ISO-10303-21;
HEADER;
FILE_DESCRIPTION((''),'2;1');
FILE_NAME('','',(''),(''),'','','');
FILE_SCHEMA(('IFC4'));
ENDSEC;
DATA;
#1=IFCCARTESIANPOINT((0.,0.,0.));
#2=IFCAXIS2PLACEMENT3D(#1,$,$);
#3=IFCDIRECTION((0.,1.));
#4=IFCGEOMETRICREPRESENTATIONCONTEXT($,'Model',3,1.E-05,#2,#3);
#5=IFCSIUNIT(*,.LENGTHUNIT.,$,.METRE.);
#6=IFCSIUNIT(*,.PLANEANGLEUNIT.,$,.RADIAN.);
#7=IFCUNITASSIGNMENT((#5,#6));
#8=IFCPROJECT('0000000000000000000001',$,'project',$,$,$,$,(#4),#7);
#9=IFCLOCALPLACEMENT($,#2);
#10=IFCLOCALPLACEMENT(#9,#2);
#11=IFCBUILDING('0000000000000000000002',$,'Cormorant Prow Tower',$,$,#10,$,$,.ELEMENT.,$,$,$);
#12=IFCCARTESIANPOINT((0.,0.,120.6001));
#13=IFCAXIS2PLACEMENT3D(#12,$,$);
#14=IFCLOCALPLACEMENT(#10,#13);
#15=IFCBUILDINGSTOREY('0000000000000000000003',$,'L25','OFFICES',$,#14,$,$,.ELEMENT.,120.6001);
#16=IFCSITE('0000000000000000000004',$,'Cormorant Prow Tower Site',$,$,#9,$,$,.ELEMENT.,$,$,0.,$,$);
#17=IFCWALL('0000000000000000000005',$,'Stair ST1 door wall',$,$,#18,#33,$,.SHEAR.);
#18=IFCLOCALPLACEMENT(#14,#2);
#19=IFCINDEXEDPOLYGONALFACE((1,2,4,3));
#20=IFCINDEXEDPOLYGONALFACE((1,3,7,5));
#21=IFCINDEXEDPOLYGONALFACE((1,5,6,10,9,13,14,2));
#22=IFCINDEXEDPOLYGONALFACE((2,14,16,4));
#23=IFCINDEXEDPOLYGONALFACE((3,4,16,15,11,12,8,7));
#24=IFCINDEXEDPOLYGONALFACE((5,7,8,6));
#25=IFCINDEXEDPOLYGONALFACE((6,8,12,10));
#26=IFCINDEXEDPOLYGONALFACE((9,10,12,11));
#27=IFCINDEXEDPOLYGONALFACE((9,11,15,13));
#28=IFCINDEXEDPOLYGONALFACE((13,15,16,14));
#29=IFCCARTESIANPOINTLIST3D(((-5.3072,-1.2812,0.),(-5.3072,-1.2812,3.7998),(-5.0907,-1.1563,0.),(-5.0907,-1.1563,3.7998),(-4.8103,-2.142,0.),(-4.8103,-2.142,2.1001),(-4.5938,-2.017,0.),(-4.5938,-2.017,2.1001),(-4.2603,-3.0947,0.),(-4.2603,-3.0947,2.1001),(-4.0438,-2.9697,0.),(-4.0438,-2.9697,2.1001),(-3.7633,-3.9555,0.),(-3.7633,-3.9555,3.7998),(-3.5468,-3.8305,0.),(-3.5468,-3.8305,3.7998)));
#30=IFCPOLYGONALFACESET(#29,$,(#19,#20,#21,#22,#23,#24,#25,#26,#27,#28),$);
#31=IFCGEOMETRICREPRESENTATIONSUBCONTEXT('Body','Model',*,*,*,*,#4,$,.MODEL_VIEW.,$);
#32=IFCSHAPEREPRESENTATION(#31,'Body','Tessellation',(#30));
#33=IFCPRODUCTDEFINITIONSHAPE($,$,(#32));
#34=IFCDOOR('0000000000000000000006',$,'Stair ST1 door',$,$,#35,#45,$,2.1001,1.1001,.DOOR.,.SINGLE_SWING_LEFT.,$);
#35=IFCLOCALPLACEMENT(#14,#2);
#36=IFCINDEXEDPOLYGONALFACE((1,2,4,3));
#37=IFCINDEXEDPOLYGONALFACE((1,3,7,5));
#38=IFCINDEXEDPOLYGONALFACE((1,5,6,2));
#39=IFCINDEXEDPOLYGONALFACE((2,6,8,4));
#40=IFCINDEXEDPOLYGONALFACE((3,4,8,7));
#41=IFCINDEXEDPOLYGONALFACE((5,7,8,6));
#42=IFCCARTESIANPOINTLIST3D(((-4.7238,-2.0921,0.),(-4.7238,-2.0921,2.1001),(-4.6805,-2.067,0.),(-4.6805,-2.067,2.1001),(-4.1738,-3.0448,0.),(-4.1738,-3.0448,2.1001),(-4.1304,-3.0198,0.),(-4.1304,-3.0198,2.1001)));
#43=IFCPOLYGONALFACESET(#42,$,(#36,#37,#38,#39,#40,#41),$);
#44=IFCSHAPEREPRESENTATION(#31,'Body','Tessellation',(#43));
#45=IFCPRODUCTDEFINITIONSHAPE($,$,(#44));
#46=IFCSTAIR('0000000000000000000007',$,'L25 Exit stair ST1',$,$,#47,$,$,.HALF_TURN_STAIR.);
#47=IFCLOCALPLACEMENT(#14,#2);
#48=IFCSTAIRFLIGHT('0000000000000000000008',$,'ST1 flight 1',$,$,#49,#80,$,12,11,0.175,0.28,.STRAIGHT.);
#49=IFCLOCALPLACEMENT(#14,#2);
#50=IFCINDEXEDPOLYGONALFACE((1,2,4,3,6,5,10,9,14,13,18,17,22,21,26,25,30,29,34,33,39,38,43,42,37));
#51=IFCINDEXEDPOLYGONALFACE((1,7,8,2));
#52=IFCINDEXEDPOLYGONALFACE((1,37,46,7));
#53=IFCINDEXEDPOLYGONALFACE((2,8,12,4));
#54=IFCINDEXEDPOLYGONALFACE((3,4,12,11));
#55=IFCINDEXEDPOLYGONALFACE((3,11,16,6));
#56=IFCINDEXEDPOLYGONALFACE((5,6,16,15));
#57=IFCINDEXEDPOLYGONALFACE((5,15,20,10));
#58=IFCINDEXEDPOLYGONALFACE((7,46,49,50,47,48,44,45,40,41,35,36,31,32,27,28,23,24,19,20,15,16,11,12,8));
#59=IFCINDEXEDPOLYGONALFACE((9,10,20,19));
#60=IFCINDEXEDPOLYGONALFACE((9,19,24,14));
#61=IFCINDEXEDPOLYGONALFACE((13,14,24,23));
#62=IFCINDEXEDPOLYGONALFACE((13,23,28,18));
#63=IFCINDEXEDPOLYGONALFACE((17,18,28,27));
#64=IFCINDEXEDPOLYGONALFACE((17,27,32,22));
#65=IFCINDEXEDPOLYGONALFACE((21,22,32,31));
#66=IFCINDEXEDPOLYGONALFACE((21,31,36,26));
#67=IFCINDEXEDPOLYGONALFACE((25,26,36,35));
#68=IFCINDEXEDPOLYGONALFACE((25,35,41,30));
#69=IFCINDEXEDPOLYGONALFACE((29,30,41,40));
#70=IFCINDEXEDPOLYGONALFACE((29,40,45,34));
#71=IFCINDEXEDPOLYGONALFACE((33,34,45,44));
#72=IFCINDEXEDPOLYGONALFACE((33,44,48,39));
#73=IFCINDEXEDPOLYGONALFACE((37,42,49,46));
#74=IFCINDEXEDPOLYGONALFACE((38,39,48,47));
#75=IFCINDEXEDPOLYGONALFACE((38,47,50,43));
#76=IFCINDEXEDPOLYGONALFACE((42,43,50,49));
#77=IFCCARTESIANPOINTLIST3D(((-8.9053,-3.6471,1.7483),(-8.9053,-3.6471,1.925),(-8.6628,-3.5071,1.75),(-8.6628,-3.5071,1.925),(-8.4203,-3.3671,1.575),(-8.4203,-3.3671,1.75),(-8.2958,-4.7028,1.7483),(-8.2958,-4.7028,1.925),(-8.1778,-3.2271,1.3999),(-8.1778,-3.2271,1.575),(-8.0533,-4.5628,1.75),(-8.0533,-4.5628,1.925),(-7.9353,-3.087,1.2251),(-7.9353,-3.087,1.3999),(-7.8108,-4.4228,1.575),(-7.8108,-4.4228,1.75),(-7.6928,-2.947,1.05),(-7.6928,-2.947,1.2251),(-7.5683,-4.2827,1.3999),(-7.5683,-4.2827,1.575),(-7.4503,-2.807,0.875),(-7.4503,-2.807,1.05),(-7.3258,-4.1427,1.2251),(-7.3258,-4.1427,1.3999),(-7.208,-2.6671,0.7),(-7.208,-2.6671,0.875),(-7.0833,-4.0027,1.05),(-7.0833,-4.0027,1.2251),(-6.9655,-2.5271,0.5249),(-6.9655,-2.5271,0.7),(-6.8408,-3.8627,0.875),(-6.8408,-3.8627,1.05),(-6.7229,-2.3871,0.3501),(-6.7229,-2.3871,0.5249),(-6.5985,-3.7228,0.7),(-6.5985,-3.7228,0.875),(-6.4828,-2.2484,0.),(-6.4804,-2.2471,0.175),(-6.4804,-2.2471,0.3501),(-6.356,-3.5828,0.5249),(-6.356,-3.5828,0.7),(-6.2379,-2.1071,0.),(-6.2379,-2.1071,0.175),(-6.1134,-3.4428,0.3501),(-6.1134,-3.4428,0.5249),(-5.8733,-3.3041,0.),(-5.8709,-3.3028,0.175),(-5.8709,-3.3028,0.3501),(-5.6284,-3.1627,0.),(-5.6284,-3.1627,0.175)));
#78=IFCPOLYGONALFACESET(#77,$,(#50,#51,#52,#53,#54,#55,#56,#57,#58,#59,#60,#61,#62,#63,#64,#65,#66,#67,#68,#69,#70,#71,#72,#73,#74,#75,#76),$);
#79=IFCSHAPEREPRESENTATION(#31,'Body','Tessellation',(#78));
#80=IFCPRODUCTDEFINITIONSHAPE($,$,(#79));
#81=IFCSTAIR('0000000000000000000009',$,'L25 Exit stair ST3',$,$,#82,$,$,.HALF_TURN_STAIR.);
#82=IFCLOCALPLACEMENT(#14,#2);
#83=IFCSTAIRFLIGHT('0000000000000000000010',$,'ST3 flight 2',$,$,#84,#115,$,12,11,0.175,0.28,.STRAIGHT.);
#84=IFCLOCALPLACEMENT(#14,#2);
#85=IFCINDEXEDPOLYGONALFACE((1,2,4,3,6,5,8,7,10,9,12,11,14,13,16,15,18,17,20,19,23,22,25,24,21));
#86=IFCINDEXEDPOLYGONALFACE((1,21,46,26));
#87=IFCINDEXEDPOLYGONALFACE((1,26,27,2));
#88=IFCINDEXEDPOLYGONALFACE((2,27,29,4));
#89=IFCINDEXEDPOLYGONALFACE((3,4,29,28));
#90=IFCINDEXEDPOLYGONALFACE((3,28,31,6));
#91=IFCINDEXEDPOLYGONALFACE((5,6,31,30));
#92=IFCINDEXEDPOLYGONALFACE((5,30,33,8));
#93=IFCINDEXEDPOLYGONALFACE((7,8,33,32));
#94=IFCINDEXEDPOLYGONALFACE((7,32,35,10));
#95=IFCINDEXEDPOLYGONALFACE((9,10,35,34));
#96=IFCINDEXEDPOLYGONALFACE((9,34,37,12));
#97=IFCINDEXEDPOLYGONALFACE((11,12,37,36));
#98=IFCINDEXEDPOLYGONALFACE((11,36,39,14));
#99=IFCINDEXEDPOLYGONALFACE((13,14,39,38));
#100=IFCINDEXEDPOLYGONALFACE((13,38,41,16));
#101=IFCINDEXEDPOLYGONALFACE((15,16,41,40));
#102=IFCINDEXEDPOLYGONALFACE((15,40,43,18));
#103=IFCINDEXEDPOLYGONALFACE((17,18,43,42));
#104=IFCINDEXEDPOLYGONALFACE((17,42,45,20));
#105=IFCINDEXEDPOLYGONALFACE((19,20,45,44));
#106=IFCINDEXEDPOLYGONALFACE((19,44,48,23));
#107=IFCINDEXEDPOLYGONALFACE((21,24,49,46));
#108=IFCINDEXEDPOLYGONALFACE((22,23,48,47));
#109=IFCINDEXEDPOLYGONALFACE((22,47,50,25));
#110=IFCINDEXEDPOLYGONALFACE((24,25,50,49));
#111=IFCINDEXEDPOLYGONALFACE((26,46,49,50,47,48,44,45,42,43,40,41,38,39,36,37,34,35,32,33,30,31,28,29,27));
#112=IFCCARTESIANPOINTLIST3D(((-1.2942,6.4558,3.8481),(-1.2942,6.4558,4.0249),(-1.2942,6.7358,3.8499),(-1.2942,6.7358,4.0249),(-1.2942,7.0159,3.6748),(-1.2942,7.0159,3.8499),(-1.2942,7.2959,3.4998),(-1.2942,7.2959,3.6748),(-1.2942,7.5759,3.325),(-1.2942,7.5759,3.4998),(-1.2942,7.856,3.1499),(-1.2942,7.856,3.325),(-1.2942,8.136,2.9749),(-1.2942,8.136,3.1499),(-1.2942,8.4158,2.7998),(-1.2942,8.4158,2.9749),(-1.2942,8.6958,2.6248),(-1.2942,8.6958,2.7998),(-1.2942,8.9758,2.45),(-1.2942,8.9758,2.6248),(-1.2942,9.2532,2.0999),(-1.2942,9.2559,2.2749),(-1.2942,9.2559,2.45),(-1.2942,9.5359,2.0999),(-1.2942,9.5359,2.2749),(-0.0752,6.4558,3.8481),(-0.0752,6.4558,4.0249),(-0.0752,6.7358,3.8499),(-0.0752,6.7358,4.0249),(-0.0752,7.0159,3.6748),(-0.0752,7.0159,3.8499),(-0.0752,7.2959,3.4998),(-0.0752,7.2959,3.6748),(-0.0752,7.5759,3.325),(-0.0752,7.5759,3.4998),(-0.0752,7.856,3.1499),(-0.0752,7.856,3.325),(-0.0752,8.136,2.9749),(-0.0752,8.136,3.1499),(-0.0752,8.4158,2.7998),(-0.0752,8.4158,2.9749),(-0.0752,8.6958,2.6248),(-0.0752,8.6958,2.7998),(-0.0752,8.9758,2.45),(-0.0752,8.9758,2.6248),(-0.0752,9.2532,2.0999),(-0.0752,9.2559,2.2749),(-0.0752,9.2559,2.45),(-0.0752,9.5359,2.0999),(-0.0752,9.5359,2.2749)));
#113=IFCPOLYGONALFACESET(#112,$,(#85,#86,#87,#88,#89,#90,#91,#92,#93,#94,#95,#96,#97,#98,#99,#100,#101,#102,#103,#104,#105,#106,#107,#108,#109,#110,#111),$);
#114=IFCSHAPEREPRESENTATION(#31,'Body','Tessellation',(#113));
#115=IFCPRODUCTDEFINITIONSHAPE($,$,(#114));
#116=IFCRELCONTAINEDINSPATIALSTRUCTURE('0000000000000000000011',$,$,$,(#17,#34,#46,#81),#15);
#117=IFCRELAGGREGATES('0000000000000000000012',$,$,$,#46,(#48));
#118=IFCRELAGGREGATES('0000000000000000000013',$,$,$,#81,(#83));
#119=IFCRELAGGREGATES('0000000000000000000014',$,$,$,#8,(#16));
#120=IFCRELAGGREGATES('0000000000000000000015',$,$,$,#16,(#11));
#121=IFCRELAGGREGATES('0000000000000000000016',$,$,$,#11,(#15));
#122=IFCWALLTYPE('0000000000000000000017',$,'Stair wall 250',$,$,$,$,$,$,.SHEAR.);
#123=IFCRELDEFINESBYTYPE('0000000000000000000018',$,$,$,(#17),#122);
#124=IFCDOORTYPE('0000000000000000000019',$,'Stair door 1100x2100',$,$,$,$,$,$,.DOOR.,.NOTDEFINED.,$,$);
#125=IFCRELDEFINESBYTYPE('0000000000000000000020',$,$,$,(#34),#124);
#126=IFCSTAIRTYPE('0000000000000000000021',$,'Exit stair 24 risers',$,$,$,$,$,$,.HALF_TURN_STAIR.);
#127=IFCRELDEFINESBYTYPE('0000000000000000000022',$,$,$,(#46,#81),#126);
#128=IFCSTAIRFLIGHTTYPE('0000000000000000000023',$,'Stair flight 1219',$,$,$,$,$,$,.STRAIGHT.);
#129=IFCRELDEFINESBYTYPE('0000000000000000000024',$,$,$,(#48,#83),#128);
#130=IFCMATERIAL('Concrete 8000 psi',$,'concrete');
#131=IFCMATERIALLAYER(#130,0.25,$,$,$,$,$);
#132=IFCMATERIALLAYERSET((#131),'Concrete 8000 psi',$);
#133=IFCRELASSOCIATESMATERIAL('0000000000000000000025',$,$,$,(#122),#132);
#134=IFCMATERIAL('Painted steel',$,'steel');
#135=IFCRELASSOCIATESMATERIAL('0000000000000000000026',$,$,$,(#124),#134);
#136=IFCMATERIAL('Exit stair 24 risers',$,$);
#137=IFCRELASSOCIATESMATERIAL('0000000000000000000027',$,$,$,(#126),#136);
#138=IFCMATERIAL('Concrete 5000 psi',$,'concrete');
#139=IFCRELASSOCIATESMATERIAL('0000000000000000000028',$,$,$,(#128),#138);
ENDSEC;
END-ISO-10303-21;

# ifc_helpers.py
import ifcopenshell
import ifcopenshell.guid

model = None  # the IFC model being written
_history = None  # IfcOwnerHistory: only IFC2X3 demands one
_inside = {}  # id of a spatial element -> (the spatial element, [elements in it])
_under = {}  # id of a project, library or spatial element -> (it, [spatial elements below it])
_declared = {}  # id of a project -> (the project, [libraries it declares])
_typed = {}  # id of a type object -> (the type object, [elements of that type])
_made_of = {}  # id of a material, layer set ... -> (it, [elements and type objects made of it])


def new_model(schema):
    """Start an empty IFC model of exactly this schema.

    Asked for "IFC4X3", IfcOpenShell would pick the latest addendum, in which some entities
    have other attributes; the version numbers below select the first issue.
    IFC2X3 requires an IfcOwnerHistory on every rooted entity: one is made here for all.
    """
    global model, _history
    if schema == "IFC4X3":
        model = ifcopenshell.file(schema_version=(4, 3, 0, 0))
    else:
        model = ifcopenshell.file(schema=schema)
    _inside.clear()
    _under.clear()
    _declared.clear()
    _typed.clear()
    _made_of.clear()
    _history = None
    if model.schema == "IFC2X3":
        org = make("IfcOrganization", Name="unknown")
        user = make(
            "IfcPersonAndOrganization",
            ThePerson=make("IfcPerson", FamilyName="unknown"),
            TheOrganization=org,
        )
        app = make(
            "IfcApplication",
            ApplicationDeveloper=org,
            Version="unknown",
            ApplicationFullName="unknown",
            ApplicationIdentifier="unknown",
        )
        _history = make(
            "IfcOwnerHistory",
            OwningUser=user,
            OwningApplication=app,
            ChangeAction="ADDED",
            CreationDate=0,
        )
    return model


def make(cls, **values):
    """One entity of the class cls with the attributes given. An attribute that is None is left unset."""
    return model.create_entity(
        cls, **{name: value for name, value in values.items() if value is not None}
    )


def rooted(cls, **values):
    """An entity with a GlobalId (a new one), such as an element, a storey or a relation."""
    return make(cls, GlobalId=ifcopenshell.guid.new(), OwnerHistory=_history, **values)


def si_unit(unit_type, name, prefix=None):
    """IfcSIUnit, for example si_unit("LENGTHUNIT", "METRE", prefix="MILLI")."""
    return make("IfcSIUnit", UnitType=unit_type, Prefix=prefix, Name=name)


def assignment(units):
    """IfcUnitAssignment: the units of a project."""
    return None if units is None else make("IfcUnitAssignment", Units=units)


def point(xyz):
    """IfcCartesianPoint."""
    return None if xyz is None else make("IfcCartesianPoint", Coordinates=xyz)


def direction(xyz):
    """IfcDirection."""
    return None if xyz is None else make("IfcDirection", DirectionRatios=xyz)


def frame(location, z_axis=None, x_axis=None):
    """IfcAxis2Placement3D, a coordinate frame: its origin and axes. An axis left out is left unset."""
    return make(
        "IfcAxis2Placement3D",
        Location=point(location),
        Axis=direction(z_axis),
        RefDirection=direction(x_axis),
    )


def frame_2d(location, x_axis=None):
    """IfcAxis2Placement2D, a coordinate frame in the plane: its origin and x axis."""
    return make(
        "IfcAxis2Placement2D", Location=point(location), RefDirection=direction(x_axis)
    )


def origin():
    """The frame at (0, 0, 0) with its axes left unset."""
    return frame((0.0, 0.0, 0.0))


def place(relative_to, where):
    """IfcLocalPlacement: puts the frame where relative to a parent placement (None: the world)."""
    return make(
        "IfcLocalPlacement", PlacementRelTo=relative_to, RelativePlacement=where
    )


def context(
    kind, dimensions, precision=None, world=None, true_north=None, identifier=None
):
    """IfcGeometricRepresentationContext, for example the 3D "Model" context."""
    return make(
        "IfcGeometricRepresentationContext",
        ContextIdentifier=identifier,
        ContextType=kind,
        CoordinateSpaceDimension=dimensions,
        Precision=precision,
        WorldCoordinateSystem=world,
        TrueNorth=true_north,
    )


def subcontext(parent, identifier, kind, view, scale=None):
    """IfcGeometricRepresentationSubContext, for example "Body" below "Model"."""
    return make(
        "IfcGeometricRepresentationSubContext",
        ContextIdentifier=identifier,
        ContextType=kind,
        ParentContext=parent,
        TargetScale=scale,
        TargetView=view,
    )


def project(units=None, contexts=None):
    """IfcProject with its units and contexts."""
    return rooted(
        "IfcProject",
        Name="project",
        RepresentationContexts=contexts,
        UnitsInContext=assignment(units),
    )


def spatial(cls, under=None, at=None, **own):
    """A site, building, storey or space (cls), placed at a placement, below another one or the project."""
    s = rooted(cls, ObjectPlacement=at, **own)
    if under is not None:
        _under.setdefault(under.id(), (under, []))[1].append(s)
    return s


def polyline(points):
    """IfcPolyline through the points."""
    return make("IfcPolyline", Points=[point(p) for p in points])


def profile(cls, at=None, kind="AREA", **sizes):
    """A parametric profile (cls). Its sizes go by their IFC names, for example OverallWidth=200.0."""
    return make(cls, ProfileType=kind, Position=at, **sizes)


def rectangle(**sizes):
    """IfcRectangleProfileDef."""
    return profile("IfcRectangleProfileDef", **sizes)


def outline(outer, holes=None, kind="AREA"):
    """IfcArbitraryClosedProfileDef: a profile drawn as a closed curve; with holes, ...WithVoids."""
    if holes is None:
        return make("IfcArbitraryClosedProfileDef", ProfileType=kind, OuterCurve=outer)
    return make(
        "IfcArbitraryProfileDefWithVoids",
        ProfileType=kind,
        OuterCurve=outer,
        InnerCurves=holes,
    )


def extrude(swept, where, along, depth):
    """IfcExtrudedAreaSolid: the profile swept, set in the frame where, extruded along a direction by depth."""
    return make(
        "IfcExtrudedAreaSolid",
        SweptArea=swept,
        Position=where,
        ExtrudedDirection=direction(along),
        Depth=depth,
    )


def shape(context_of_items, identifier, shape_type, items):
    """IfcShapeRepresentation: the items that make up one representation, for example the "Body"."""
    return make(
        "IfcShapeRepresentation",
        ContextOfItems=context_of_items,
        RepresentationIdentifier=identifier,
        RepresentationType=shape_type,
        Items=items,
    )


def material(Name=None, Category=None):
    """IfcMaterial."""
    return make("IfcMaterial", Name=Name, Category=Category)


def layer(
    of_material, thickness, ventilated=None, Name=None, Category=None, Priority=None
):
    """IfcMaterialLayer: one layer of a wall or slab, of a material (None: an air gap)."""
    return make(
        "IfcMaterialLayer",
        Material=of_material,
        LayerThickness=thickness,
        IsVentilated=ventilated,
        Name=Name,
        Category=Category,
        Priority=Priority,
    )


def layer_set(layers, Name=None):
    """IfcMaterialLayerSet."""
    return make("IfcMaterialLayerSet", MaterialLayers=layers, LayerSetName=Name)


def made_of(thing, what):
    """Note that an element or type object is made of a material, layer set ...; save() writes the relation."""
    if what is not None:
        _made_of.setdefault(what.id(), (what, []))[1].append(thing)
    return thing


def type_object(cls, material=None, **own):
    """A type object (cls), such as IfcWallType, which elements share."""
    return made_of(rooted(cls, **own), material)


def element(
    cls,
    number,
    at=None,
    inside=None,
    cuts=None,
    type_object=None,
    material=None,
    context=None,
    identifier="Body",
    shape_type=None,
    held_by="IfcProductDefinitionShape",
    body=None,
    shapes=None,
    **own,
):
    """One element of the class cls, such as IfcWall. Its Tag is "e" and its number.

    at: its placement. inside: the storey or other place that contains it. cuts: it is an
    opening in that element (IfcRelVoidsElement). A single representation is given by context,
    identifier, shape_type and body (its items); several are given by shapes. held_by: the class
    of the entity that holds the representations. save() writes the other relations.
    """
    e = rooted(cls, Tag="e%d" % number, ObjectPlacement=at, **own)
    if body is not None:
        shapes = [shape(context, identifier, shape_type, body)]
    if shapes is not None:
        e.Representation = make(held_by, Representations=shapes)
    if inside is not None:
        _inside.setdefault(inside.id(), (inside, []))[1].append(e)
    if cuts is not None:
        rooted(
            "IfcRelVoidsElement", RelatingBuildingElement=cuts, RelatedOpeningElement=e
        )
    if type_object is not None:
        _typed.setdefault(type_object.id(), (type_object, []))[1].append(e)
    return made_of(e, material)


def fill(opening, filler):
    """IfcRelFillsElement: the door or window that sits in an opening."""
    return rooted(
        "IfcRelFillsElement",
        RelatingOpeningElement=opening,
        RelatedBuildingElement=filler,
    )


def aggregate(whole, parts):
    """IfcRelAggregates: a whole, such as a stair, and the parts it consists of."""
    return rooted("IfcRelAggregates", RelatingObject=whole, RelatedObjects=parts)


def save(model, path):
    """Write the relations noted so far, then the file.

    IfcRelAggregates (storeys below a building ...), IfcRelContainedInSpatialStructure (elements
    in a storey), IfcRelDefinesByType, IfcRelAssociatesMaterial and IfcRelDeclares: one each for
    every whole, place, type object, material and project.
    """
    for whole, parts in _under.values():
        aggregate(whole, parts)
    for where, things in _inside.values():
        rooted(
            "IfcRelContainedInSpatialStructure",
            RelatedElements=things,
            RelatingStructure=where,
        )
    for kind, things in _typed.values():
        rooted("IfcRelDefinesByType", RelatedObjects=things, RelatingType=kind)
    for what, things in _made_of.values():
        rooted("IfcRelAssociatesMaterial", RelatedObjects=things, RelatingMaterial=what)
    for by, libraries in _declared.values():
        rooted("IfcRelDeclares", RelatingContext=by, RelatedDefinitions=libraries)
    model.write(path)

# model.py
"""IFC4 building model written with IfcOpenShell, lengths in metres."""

from ifc_helpers import new_model, si_unit, direction, frame, frame_2d, origin, place, context, subcontext, project, spatial, polyline, rectangle, outline, extrude, material, layer, layer_set, type_object, element, fill, aggregate, save


model = new_model("IFC4")

# Units and contexts
model_context = context("Model", 3, precision=1e-05, world=origin(), true_north=direction((0.0, 1.0)))
body_context = subcontext(model_context, "Body", "Model", "MODEL_VIEW")
ifc_project = project(units=[si_unit("LENGTHUNIT", "METRE"), si_unit("PLANEANGLEUNIT", "RADIAN")], contexts=[model_context])

# Site, building, storey
site_placement = place(None, origin())
site = spatial("IfcSite", under=ifc_project, at=site_placement, Name="Cormorant Prow Tower Site", CompositionType="ELEMENT", RefElevation=0.0)
building_placement = place(site_placement, origin())
building = spatial("IfcBuilding", under=site, at=building_placement, Name="Cormorant Prow Tower", CompositionType="ELEMENT")
storey_placement = place(building_placement, frame((0.0, 0.0, 120.6001)))
storey = spatial("IfcBuildingStorey", under=building, at=storey_placement, Name="L25", Description="OFFICES", CompositionType="ELEMENT", Elevation=120.6001)

# Wall, opening, door
ifc_material_1 = material(Name="Concrete 8000 psi", Category="concrete")
ifc_layer_1 = layer(ifc_material_1, 0.25)
ifc_layer_set_1 = layer_set([ifc_layer_1], Name="Concrete 8000 psi")
wall_type_1 = type_object("IfcWallType", Name="Stair wall 250", PredefinedType="SHEAR", material=ifc_layer_set_1)
wall_1_placement = place(storey_placement, frame((-5.199, -1.2188, 0.0), z_axis=(0.0, 0.0, 1.0), x_axis=(0.499983, -0.866035, 0.0)))
wall_1 = element("IfcWall", 1, at=wall_1_placement, inside=storey, type_object=wall_type_1, Name="Stair ST1 door wall", PredefinedType="SHEAR", context=body_context, shape_type="SweptSolid", body=[
    extrude(rectangle(XDim=3.0879, YDim=0.25, at=frame_2d((1.5439, 0.0))), origin(), (0.0, 0.0, 1.0), 3.7998),
])
opening_1_placement = place(wall_1_placement, frame((0.9939, 0.0, 0.0)))
opening_1 = element("IfcOpeningElement", 2, at=opening_1_placement, cuts=wall_1, PredefinedType="OPENING", context=body_context, shape_type="SweptSolid", body=[
    extrude(rectangle(XDim=1.1001, YDim=2.1001, at=frame_2d((0.55, 1.05))), frame((0.0, 0.135, 0.0), z_axis=(0.0, -1.0, 0.0), x_axis=(1.0, 0.0, 0.0)), (0.0, 0.0, 1.0), 0.27),
])
ifc_material_2 = material(Name="Painted steel", Category="steel")
door_type_1 = type_object("IfcDoorType", Name="Stair door 1100x2100", OperationType="NOTDEFINED", PredefinedType="DOOR", material=ifc_material_2)
door_1_placement = place(opening_1_placement, origin())
door_1 = element("IfcDoor", 3, at=door_1_placement, inside=storey, type_object=door_type_1, Name="Stair ST1 door", OperationType="SINGLE_SWING_LEFT", OverallHeight=2.1001, OverallWidth=1.1001, PredefinedType="DOOR", context=body_context, shape_type="SweptSolid", body=[
    extrude(rectangle(XDim=1.1001, YDim=2.1001, at=frame_2d((0.55, 1.05))), frame((0.0, 0.0249, 0.0), z_axis=(0.0, -1.0, 0.0), x_axis=(1.0, 0.0, 0.0)), (0.0, 0.0, 1.0), 0.05),
])
fill(opening_1, door_1)

# Stairs, stair flights
ifc_material_3 = material(Name="Exit stair 24 risers")
stair_type = type_object("IfcStairType", Name="Exit stair 24 risers", PredefinedType="HALF_TURN_STAIR", material=ifc_material_3)
stair_1_placement = place(storey_placement, origin())
stair_1 = element("IfcStair", 4, at=stair_1_placement, inside=storey, type_object=stair_type, Name="L25 Exit stair ST1", PredefinedType="HALF_TURN_STAIR")
ifc_material_4 = material(Name="Concrete 5000 psi", Category="concrete")
stair_flight_type = type_object("IfcStairFlightType", Name="Stair flight 1219", PredefinedType="STRAIGHT", material=ifc_material_4)
stair_flight_1_placement = place(storey_placement, frame((-5.9331, -2.635, 0.0), z_axis=(0.0, 0.0, 1.0), x_axis=(-0.866025, -0.5, 0.0)))
stair_flight_1 = element("IfcStairFlight", 5, at=stair_flight_1_placement, type_object=stair_flight_type, Name="ST1 flight 1", NumberOfRisers=12, NumberOfTreads=11, PredefinedType="STRAIGHT", RiserHeight=0.175, TreadLength=0.28, context=body_context, shape_type="SweptSolid", body=[
    extrude(outline(polyline([(0.0, 0.0), (0.0, 0.175), (0.28, 0.175), (0.28, 0.3501), (0.5601, 0.3501), (0.5601, 0.5249), (0.8401, 0.5249), (0.8401, 0.7), (1.1201, 0.7), (1.1201, 0.875), (1.3999, 0.875), (1.3999, 1.05), (1.6799, 1.05), (1.6799, 1.2251), (1.96, 1.2251), (1.96, 1.3999), (2.24, 1.3999), (2.24, 1.575), (2.52, 1.575), (2.52, 1.75), (2.8, 1.75), (2.8, 1.925), (3.0801, 1.925), (3.0801, 2.1001), (3.0801, 1.7483), (0.2827, 0.0), (0.0, 0.0)])), frame((0.0, 0.6094, 0.0), z_axis=(0.0, -1.0, 0.0), x_axis=(1.0, 0.0, 0.0)), (0.0, 0.0, 1.0), 1.219),
])
aggregate(stair_1, [stair_flight_1])
stair_2_placement = place(storey_placement, origin())
stair_2 = element("IfcStair", 6, at=stair_2_placement, inside=storey, type_object=stair_type, Name="L25 Exit stair ST3", PredefinedType="HALF_TURN_STAIR")
stair_flight_2_placement = place(storey_placement, frame((-0.6846, 9.5359, 2.0999), z_axis=(0.0, 0.0, 1.0), x_axis=(0.0, -1.0, 0.0)))
stair_flight_2 = element("IfcStairFlight", 7, at=stair_flight_2_placement, type_object=stair_flight_type, Name="ST3 flight 2", NumberOfRisers=12, NumberOfTreads=11, PredefinedType="STRAIGHT", RiserHeight=0.175, TreadLength=0.28, context=body_context, shape_type="SweptSolid", body=[
    extrude(outline(polyline([(0.0, 0.0), (0.0, 0.175), (0.28, 0.175), (0.28, 0.3501), (0.5601, 0.3501), (0.5601, 0.5249), (0.8401, 0.5249), (0.8401, 0.7), (1.1201, 0.7), (1.1201, 0.875), (1.3999, 0.875), (1.3999, 1.05), (1.6799, 1.05), (1.6799, 1.2251), (1.96, 1.2251), (1.96, 1.3999), (2.24, 1.3999), (2.24, 1.575), (2.52, 1.575), (2.52, 1.75), (2.8, 1.75), (2.8, 1.925), (3.0801, 1.925), (3.0801, 2.1001), (3.0801, 1.7483), (0.2827, 0.0), (0.0, 0.0)])), frame((0.0, 0.6094, 0.0), z_axis=(0.0, -1.0, 0.0), x_axis=(1.0, 0.0, 0.0)), (0.0, 0.0, 1.0), 1.219),
])
aggregate(stair_2, [stair_flight_2])

save(model, "model.ifc")
